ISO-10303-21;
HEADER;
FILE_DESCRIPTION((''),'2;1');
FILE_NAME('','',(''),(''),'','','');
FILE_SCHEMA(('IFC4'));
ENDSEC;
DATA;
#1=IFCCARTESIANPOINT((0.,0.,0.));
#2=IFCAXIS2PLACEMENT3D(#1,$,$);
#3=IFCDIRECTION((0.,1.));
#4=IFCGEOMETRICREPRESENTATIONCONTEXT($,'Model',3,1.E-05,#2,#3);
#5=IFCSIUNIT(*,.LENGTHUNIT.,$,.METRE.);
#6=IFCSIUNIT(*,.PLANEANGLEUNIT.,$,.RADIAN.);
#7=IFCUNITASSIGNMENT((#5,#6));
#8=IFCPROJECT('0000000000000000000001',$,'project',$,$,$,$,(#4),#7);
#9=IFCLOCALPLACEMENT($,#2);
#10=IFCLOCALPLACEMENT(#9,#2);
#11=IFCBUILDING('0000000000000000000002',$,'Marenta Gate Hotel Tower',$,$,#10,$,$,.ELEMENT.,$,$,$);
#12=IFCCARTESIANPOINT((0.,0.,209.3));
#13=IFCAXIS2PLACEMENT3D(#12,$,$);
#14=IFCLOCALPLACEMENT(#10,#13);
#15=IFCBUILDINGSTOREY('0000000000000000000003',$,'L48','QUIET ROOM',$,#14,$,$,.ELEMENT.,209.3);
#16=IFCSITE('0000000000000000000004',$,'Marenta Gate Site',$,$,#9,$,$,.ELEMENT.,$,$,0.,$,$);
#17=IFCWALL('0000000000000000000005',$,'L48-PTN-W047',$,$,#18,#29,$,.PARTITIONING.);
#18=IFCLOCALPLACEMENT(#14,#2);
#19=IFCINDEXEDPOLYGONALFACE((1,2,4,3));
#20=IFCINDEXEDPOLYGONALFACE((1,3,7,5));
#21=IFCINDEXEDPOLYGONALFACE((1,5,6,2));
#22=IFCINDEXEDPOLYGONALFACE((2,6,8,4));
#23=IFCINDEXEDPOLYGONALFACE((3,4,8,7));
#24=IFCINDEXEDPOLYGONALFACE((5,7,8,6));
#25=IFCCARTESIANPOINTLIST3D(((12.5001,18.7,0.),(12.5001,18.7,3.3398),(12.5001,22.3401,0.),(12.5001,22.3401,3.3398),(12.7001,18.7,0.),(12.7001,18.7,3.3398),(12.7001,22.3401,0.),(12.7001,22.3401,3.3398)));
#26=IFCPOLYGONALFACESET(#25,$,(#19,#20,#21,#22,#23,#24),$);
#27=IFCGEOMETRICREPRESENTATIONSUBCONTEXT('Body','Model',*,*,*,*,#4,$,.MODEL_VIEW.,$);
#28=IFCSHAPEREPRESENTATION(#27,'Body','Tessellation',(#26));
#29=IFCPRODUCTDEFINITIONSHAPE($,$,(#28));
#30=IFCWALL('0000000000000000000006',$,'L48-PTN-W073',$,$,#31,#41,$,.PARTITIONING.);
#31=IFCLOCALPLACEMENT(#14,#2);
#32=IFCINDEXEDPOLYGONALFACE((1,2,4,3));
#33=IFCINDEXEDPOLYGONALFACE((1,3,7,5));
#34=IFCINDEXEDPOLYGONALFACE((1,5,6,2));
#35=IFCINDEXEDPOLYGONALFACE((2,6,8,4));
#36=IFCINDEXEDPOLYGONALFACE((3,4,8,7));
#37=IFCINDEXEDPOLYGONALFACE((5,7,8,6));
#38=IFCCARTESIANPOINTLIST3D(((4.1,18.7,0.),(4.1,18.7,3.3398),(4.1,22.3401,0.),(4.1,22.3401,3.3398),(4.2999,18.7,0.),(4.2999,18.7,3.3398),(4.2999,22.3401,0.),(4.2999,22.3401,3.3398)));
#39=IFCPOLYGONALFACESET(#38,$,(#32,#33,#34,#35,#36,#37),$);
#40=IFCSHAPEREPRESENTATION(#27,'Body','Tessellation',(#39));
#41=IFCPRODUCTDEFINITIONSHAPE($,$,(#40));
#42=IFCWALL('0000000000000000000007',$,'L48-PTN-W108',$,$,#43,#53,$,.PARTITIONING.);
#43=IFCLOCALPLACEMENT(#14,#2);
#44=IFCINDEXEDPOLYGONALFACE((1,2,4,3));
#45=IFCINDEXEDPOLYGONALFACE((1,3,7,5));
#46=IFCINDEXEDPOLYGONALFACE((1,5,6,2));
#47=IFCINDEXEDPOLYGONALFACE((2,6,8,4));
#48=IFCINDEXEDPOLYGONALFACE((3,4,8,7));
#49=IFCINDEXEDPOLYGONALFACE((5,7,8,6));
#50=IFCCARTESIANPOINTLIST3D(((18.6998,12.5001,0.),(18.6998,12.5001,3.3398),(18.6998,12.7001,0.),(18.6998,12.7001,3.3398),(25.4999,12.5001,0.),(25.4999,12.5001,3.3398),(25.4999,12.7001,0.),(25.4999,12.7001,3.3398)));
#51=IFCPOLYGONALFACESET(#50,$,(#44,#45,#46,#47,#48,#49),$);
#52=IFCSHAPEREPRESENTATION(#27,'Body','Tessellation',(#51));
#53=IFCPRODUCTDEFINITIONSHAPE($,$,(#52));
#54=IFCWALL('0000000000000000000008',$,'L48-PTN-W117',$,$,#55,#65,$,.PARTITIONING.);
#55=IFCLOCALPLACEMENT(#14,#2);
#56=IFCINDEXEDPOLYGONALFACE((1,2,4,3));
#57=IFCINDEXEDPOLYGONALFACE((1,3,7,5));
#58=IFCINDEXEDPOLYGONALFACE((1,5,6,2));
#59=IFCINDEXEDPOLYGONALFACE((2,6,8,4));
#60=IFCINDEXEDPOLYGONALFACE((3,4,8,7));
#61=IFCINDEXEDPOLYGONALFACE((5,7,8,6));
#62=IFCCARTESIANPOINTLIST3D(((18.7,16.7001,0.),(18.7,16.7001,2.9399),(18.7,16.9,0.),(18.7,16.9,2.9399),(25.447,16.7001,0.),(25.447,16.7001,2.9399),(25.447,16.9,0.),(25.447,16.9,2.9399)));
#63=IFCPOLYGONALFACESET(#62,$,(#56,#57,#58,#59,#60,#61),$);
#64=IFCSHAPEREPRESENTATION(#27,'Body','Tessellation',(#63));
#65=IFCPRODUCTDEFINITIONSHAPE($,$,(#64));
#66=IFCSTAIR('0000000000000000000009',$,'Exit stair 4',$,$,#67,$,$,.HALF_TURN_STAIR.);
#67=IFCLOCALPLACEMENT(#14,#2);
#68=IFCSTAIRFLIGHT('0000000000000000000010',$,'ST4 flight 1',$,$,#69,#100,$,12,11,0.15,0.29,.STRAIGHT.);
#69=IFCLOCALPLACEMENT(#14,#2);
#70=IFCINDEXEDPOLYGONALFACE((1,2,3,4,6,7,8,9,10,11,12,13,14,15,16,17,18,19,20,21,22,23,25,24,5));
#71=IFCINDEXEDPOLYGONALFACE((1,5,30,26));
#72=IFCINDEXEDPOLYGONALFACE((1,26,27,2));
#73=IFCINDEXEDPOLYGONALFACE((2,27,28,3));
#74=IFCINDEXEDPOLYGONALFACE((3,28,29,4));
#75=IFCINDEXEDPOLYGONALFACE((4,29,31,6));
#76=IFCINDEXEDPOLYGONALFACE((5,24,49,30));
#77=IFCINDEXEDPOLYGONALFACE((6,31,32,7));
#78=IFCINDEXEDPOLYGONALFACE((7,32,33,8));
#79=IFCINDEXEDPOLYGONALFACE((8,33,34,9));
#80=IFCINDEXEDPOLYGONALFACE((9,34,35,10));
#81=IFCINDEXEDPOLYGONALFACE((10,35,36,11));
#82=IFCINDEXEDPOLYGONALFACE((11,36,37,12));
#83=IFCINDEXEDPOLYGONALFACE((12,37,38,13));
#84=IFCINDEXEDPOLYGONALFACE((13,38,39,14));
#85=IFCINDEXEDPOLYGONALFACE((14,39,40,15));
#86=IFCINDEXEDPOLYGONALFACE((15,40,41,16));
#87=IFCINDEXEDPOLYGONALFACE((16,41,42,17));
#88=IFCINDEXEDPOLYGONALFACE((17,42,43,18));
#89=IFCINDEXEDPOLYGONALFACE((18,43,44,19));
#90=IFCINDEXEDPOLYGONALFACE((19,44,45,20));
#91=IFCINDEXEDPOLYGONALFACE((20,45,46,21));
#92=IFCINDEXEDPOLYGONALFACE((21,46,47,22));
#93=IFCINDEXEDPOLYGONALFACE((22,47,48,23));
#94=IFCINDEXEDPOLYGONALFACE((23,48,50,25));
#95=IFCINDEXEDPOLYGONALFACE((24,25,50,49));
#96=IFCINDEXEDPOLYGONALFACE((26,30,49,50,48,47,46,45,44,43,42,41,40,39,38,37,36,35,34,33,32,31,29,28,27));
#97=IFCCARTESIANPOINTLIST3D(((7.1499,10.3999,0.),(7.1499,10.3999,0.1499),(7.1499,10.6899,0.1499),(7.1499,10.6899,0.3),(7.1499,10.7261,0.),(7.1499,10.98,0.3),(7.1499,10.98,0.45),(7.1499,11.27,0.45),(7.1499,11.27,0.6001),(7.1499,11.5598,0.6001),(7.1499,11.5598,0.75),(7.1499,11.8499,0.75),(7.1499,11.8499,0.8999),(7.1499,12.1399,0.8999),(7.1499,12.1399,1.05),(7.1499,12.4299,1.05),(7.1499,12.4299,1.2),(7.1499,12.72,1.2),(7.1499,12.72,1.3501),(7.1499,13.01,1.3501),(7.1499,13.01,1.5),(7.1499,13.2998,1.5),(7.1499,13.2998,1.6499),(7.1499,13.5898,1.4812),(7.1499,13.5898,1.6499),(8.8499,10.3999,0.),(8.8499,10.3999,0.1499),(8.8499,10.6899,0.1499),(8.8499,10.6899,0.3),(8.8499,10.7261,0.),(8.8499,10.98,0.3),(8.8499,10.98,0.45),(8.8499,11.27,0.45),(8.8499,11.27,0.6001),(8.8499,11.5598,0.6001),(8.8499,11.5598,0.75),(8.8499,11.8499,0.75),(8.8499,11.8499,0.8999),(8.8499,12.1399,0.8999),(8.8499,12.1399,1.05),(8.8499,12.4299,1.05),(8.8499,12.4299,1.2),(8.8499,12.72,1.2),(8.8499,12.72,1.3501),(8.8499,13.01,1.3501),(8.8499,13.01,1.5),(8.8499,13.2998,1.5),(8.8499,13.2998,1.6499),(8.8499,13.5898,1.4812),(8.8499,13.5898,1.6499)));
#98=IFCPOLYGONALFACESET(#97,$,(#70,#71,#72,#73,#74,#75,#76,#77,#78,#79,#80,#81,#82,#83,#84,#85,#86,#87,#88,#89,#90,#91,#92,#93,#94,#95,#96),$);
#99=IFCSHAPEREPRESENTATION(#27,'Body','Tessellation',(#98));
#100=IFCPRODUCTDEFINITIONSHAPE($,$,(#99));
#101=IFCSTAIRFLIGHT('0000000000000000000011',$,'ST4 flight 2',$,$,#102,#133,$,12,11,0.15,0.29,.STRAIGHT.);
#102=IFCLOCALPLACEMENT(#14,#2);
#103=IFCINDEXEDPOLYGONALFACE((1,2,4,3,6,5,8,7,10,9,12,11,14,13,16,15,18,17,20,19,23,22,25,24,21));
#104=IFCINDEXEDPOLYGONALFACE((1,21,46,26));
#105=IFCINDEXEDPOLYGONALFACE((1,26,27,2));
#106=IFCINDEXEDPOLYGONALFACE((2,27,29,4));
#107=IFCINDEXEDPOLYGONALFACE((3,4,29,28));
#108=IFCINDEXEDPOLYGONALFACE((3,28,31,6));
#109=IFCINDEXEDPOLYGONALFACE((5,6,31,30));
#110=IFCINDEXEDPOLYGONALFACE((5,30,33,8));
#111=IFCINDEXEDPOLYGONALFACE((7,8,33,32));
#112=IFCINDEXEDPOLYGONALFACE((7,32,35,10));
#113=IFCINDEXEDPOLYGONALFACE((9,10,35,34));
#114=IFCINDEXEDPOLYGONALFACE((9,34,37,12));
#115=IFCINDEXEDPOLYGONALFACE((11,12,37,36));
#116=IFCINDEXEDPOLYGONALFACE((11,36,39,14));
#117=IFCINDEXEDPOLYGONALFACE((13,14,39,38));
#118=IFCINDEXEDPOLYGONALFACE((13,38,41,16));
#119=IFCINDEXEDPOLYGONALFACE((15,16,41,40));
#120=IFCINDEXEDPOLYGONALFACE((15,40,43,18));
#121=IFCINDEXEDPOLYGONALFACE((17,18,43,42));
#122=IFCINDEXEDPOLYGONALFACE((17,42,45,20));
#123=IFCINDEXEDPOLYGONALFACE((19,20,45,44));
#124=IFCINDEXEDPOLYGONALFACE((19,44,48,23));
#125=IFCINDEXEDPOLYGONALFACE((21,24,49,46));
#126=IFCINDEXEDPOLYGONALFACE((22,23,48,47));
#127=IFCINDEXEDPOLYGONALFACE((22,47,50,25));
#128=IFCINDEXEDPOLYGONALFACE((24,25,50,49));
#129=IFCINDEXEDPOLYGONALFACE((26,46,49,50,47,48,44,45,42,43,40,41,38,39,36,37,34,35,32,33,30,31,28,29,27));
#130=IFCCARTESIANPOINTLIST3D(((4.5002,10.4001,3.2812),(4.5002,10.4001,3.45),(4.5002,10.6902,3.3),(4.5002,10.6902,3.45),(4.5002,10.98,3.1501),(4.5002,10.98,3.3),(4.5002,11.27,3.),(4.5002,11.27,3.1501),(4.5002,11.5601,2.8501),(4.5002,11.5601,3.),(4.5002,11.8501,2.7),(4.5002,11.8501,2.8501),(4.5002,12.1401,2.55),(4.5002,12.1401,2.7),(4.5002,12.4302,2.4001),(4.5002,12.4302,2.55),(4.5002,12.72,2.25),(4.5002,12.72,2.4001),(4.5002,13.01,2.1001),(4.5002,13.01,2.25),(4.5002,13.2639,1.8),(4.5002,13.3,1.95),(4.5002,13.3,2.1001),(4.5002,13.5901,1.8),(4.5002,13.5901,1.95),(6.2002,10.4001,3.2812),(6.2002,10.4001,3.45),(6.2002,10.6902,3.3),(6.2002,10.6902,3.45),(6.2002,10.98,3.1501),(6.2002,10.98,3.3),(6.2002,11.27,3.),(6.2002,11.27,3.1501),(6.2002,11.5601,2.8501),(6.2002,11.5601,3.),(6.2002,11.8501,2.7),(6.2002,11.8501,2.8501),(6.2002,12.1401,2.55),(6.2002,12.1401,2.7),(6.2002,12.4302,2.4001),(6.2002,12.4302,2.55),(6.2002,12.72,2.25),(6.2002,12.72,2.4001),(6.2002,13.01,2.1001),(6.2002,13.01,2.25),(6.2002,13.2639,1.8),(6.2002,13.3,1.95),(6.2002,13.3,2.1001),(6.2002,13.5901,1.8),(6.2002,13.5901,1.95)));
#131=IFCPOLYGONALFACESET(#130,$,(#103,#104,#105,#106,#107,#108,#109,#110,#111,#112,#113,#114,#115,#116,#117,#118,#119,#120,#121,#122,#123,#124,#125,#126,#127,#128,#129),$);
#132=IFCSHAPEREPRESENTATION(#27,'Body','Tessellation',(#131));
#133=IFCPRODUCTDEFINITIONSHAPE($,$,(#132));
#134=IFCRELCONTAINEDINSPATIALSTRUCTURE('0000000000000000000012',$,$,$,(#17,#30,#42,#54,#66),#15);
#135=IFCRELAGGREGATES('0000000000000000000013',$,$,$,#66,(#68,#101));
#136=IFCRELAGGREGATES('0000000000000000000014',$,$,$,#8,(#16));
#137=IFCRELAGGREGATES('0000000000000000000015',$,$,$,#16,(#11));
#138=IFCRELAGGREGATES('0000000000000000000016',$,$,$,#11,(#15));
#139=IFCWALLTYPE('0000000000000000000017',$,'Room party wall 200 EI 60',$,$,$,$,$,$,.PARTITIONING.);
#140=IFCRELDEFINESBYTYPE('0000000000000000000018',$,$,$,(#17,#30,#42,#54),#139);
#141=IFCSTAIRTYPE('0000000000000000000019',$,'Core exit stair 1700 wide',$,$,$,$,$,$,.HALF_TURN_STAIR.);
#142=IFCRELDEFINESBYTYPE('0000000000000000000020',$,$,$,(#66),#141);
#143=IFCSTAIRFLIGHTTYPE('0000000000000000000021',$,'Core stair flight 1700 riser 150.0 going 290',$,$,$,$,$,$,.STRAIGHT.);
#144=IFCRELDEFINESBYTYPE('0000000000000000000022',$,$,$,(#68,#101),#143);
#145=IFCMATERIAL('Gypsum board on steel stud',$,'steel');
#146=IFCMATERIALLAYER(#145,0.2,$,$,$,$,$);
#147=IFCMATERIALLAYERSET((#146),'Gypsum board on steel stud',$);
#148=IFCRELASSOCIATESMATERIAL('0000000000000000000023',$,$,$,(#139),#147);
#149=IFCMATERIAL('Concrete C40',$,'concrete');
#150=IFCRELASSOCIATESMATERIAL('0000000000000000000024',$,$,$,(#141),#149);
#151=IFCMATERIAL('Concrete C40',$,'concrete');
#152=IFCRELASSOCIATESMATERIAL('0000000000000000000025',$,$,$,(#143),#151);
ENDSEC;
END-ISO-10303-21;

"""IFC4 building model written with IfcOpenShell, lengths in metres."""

from ifc_helpers import new_model, si_unit, direction, frame, frame_2d, origin, place, context, subcontext, project, spatial, polyline, rectangle, outline, extrude, material, layer, layer_set, type_object, element, aggregate, save


model = new_model("IFC4")

# Units and contexts
model_context = context("Model", 3, precision=1e-05, world=origin(), true_north=direction((0.0, 1.0)))
body_context = subcontext(model_context, "Body", "Model", "MODEL_VIEW")
ifc_project = project(units=[si_unit("LENGTHUNIT", "METRE"), si_unit("PLANEANGLEUNIT", "RADIAN")], contexts=[model_context])

# Site, building, storey
site_placement = place(None, origin())
site = spatial("IfcSite", under=ifc_project, at=site_placement, Name="Marenta Gate Site", CompositionType="ELEMENT", RefElevation=0.0)
building_placement = place(site_placement, origin())
building = spatial("IfcBuilding", under=site, at=building_placement, Name="Marenta Gate Hotel Tower", CompositionType="ELEMENT")
storey_placement = place(building_placement, frame((0.0, 0.0, 209.3)))
storey = spatial("IfcBuildingStorey", under=building, at=storey_placement, Name="L48", Description="QUIET ROOM", CompositionType="ELEMENT", Elevation=209.3)

# Walls
ifc_material_1 = material(Name="Gypsum board on steel stud", Category="steel")
ifc_layer_1 = layer(ifc_material_1, 0.2)
ifc_layer_set_1 = layer_set([ifc_layer_1], Name="Gypsum board on steel stud")
wall_type_1 = type_object("IfcWallType", Name="Room party wall 200 EI 60", PredefinedType="PARTITIONING", material=ifc_layer_set_1)
for number, where, z_axis, x_axis, name in (
    (1, (12.6001, 18.7, 0.0), (0.0, 0.0, 1.0), (0.0, 1.0, 0.0), "L48-PTN-W047"),
    (2, (4.2, 18.7, 0.0), (0.0, 0.0, 1.0), (0.0, 1.0, 0.0), "L48-PTN-W073"),
):
    element("IfcWall", number, at=place(storey_placement, frame(where, z_axis=z_axis, x_axis=x_axis)), inside=storey, type_object=wall_type_1, Name=name, PredefinedType="PARTITIONING", context=body_context, shape_type="SweptSolid", body=[
        extrude(rectangle(XDim=3.6401, YDim=0.2, at=frame_2d((1.8201, 0.0))), origin(), (0.0, 0.0, 1.0), 3.3398),
    ])
wall_1_placement = place(storey_placement, frame((18.7, 12.6001, 0.0), z_axis=(0.0, 0.0, 1.0), x_axis=(1.0, 0.0, 0.0)))
element("IfcWall", 3, at=wall_1_placement, inside=storey, type_object=wall_type_1, Name="L48-PTN-W108", PredefinedType="PARTITIONING", context=body_context, shape_type="SweptSolid", body=[
    extrude(rectangle(XDim=6.8, YDim=0.2, at=frame_2d((3.3999, 0.0))), origin(), (0.0, 0.0, 1.0), 3.3398),
])
wall_2_placement = place(storey_placement, frame((18.7, 16.8, 0.0), z_axis=(0.0, 0.0, 1.0), x_axis=(1.0, 0.0, 0.0)))
element("IfcWall", 4, at=wall_2_placement, inside=storey, type_object=wall_type_1, Name="L48-PTN-W117", PredefinedType="PARTITIONING", context=body_context, shape_type="SweptSolid", body=[
    extrude(rectangle(XDim=6.7471, YDim=0.2, at=frame_2d((3.3735, 0.0))), origin(), (0.0, 0.0, 1.0), 2.9399),
])

# Stair, stair flights
ifc_material_2 = material(Name="Concrete C40", Category="concrete")
stair_type = type_object("IfcStairType", Name="Core exit stair 1700 wide", PredefinedType="HALF_TURN_STAIR", material=ifc_material_2)
stair_placement = place(storey_placement, origin())
stair = element("IfcStair", 5, at=stair_placement, inside=storey, type_object=stair_type, Name="Exit stair 4", PredefinedType="HALF_TURN_STAIR")
ifc_material_3 = material(Name="Concrete C40", Category="concrete")
stair_flight_type = type_object("IfcStairFlightType", Name="Core stair flight 1700 riser 150.0 going 290", PredefinedType="STRAIGHT", material=ifc_material_3)
stair_flight_1_placement = place(storey_placement, frame((8.0, 10.3999, 0.0), z_axis=(0.0, 0.0, 1.0), x_axis=(0.0, 1.0, 0.0)))
stair_flight_1 = element("IfcStairFlight", 6, at=stair_flight_1_placement, type_object=stair_flight_type, Name="ST4 flight 1", NumberOfRisers=12, NumberOfTreads=11, PredefinedType="STRAIGHT", RiserHeight=0.15, TreadLength=0.29, context=body_context, shape_type="SweptSolid", body=[
    extrude(outline(polyline([(0.0, 0.0), (0.0, 0.1499), (0.29, 0.1499), (0.29, 0.3), (0.5801, 0.3), (0.5801, 0.45), (0.8701, 0.45), (0.8701, 0.6001), (1.1599, 0.6001), (1.1599, 0.75), (1.45, 0.75), (1.45, 0.8999), (1.74, 0.8999), (1.74, 1.05), (2.03, 1.05), (2.03, 1.2), (2.3201, 1.2), (2.3201, 1.3501), (2.6101, 1.3501), (2.6101, 1.5), (2.8999, 1.5), (2.8999, 1.6499), (3.1899, 1.6499), (3.1899, 1.8), (3.1899, 1.4812), (0.3262, 0.0), (0.0, 0.0)])), frame((0.0, 0.8501, 0.0), z_axis=(0.0, -1.0, 0.0), x_axis=(1.0, 0.0, 0.0)), (0.0, 0.0, 1.0), 1.7),
])
stair_flight_2_placement = place(storey_placement, frame((5.3501, 13.5901, 1.8), z_axis=(0.0, 0.0, 1.0), x_axis=(0.0, -1.0, 0.0)))
stair_flight_2 = element("IfcStairFlight", 7, at=stair_flight_2_placement, type_object=stair_flight_type, Name="ST4 flight 2", NumberOfRisers=12, NumberOfTreads=11, PredefinedType="STRAIGHT", RiserHeight=0.15, TreadLength=0.29, context=body_context, shape_type="SweptSolid", body=[
    extrude(outline(polyline([(0.0, 0.0), (0.0, 0.1499), (0.29, 0.1499), (0.29, 0.3), (0.5801, 0.3), (0.5801, 0.45), (0.8701, 0.45), (0.8701, 0.6001), (1.1599, 0.6001), (1.1599, 0.75), (1.45, 0.75), (1.45, 0.8999), (1.74, 0.8999), (1.74, 1.05), (2.03, 1.05), (2.03, 1.2), (2.3201, 1.2), (2.3201, 1.3501), (2.6101, 1.3501), (2.6101, 1.5), (2.8999, 1.5), (2.8999, 1.6499), (3.1899, 1.6499), (3.1899, 1.8), (3.1899, 1.4812), (0.3262, 0.0), (0.0, 0.0)])), frame((0.0, 0.8501, 0.0), z_axis=(0.0, -1.0, 0.0), x_axis=(1.0, 0.0, 0.0)), (0.0, 0.0, 1.0), 1.7),
])
aggregate(stair, [stair_flight_1, stair_flight_2])

save(model, "model.ifc")
